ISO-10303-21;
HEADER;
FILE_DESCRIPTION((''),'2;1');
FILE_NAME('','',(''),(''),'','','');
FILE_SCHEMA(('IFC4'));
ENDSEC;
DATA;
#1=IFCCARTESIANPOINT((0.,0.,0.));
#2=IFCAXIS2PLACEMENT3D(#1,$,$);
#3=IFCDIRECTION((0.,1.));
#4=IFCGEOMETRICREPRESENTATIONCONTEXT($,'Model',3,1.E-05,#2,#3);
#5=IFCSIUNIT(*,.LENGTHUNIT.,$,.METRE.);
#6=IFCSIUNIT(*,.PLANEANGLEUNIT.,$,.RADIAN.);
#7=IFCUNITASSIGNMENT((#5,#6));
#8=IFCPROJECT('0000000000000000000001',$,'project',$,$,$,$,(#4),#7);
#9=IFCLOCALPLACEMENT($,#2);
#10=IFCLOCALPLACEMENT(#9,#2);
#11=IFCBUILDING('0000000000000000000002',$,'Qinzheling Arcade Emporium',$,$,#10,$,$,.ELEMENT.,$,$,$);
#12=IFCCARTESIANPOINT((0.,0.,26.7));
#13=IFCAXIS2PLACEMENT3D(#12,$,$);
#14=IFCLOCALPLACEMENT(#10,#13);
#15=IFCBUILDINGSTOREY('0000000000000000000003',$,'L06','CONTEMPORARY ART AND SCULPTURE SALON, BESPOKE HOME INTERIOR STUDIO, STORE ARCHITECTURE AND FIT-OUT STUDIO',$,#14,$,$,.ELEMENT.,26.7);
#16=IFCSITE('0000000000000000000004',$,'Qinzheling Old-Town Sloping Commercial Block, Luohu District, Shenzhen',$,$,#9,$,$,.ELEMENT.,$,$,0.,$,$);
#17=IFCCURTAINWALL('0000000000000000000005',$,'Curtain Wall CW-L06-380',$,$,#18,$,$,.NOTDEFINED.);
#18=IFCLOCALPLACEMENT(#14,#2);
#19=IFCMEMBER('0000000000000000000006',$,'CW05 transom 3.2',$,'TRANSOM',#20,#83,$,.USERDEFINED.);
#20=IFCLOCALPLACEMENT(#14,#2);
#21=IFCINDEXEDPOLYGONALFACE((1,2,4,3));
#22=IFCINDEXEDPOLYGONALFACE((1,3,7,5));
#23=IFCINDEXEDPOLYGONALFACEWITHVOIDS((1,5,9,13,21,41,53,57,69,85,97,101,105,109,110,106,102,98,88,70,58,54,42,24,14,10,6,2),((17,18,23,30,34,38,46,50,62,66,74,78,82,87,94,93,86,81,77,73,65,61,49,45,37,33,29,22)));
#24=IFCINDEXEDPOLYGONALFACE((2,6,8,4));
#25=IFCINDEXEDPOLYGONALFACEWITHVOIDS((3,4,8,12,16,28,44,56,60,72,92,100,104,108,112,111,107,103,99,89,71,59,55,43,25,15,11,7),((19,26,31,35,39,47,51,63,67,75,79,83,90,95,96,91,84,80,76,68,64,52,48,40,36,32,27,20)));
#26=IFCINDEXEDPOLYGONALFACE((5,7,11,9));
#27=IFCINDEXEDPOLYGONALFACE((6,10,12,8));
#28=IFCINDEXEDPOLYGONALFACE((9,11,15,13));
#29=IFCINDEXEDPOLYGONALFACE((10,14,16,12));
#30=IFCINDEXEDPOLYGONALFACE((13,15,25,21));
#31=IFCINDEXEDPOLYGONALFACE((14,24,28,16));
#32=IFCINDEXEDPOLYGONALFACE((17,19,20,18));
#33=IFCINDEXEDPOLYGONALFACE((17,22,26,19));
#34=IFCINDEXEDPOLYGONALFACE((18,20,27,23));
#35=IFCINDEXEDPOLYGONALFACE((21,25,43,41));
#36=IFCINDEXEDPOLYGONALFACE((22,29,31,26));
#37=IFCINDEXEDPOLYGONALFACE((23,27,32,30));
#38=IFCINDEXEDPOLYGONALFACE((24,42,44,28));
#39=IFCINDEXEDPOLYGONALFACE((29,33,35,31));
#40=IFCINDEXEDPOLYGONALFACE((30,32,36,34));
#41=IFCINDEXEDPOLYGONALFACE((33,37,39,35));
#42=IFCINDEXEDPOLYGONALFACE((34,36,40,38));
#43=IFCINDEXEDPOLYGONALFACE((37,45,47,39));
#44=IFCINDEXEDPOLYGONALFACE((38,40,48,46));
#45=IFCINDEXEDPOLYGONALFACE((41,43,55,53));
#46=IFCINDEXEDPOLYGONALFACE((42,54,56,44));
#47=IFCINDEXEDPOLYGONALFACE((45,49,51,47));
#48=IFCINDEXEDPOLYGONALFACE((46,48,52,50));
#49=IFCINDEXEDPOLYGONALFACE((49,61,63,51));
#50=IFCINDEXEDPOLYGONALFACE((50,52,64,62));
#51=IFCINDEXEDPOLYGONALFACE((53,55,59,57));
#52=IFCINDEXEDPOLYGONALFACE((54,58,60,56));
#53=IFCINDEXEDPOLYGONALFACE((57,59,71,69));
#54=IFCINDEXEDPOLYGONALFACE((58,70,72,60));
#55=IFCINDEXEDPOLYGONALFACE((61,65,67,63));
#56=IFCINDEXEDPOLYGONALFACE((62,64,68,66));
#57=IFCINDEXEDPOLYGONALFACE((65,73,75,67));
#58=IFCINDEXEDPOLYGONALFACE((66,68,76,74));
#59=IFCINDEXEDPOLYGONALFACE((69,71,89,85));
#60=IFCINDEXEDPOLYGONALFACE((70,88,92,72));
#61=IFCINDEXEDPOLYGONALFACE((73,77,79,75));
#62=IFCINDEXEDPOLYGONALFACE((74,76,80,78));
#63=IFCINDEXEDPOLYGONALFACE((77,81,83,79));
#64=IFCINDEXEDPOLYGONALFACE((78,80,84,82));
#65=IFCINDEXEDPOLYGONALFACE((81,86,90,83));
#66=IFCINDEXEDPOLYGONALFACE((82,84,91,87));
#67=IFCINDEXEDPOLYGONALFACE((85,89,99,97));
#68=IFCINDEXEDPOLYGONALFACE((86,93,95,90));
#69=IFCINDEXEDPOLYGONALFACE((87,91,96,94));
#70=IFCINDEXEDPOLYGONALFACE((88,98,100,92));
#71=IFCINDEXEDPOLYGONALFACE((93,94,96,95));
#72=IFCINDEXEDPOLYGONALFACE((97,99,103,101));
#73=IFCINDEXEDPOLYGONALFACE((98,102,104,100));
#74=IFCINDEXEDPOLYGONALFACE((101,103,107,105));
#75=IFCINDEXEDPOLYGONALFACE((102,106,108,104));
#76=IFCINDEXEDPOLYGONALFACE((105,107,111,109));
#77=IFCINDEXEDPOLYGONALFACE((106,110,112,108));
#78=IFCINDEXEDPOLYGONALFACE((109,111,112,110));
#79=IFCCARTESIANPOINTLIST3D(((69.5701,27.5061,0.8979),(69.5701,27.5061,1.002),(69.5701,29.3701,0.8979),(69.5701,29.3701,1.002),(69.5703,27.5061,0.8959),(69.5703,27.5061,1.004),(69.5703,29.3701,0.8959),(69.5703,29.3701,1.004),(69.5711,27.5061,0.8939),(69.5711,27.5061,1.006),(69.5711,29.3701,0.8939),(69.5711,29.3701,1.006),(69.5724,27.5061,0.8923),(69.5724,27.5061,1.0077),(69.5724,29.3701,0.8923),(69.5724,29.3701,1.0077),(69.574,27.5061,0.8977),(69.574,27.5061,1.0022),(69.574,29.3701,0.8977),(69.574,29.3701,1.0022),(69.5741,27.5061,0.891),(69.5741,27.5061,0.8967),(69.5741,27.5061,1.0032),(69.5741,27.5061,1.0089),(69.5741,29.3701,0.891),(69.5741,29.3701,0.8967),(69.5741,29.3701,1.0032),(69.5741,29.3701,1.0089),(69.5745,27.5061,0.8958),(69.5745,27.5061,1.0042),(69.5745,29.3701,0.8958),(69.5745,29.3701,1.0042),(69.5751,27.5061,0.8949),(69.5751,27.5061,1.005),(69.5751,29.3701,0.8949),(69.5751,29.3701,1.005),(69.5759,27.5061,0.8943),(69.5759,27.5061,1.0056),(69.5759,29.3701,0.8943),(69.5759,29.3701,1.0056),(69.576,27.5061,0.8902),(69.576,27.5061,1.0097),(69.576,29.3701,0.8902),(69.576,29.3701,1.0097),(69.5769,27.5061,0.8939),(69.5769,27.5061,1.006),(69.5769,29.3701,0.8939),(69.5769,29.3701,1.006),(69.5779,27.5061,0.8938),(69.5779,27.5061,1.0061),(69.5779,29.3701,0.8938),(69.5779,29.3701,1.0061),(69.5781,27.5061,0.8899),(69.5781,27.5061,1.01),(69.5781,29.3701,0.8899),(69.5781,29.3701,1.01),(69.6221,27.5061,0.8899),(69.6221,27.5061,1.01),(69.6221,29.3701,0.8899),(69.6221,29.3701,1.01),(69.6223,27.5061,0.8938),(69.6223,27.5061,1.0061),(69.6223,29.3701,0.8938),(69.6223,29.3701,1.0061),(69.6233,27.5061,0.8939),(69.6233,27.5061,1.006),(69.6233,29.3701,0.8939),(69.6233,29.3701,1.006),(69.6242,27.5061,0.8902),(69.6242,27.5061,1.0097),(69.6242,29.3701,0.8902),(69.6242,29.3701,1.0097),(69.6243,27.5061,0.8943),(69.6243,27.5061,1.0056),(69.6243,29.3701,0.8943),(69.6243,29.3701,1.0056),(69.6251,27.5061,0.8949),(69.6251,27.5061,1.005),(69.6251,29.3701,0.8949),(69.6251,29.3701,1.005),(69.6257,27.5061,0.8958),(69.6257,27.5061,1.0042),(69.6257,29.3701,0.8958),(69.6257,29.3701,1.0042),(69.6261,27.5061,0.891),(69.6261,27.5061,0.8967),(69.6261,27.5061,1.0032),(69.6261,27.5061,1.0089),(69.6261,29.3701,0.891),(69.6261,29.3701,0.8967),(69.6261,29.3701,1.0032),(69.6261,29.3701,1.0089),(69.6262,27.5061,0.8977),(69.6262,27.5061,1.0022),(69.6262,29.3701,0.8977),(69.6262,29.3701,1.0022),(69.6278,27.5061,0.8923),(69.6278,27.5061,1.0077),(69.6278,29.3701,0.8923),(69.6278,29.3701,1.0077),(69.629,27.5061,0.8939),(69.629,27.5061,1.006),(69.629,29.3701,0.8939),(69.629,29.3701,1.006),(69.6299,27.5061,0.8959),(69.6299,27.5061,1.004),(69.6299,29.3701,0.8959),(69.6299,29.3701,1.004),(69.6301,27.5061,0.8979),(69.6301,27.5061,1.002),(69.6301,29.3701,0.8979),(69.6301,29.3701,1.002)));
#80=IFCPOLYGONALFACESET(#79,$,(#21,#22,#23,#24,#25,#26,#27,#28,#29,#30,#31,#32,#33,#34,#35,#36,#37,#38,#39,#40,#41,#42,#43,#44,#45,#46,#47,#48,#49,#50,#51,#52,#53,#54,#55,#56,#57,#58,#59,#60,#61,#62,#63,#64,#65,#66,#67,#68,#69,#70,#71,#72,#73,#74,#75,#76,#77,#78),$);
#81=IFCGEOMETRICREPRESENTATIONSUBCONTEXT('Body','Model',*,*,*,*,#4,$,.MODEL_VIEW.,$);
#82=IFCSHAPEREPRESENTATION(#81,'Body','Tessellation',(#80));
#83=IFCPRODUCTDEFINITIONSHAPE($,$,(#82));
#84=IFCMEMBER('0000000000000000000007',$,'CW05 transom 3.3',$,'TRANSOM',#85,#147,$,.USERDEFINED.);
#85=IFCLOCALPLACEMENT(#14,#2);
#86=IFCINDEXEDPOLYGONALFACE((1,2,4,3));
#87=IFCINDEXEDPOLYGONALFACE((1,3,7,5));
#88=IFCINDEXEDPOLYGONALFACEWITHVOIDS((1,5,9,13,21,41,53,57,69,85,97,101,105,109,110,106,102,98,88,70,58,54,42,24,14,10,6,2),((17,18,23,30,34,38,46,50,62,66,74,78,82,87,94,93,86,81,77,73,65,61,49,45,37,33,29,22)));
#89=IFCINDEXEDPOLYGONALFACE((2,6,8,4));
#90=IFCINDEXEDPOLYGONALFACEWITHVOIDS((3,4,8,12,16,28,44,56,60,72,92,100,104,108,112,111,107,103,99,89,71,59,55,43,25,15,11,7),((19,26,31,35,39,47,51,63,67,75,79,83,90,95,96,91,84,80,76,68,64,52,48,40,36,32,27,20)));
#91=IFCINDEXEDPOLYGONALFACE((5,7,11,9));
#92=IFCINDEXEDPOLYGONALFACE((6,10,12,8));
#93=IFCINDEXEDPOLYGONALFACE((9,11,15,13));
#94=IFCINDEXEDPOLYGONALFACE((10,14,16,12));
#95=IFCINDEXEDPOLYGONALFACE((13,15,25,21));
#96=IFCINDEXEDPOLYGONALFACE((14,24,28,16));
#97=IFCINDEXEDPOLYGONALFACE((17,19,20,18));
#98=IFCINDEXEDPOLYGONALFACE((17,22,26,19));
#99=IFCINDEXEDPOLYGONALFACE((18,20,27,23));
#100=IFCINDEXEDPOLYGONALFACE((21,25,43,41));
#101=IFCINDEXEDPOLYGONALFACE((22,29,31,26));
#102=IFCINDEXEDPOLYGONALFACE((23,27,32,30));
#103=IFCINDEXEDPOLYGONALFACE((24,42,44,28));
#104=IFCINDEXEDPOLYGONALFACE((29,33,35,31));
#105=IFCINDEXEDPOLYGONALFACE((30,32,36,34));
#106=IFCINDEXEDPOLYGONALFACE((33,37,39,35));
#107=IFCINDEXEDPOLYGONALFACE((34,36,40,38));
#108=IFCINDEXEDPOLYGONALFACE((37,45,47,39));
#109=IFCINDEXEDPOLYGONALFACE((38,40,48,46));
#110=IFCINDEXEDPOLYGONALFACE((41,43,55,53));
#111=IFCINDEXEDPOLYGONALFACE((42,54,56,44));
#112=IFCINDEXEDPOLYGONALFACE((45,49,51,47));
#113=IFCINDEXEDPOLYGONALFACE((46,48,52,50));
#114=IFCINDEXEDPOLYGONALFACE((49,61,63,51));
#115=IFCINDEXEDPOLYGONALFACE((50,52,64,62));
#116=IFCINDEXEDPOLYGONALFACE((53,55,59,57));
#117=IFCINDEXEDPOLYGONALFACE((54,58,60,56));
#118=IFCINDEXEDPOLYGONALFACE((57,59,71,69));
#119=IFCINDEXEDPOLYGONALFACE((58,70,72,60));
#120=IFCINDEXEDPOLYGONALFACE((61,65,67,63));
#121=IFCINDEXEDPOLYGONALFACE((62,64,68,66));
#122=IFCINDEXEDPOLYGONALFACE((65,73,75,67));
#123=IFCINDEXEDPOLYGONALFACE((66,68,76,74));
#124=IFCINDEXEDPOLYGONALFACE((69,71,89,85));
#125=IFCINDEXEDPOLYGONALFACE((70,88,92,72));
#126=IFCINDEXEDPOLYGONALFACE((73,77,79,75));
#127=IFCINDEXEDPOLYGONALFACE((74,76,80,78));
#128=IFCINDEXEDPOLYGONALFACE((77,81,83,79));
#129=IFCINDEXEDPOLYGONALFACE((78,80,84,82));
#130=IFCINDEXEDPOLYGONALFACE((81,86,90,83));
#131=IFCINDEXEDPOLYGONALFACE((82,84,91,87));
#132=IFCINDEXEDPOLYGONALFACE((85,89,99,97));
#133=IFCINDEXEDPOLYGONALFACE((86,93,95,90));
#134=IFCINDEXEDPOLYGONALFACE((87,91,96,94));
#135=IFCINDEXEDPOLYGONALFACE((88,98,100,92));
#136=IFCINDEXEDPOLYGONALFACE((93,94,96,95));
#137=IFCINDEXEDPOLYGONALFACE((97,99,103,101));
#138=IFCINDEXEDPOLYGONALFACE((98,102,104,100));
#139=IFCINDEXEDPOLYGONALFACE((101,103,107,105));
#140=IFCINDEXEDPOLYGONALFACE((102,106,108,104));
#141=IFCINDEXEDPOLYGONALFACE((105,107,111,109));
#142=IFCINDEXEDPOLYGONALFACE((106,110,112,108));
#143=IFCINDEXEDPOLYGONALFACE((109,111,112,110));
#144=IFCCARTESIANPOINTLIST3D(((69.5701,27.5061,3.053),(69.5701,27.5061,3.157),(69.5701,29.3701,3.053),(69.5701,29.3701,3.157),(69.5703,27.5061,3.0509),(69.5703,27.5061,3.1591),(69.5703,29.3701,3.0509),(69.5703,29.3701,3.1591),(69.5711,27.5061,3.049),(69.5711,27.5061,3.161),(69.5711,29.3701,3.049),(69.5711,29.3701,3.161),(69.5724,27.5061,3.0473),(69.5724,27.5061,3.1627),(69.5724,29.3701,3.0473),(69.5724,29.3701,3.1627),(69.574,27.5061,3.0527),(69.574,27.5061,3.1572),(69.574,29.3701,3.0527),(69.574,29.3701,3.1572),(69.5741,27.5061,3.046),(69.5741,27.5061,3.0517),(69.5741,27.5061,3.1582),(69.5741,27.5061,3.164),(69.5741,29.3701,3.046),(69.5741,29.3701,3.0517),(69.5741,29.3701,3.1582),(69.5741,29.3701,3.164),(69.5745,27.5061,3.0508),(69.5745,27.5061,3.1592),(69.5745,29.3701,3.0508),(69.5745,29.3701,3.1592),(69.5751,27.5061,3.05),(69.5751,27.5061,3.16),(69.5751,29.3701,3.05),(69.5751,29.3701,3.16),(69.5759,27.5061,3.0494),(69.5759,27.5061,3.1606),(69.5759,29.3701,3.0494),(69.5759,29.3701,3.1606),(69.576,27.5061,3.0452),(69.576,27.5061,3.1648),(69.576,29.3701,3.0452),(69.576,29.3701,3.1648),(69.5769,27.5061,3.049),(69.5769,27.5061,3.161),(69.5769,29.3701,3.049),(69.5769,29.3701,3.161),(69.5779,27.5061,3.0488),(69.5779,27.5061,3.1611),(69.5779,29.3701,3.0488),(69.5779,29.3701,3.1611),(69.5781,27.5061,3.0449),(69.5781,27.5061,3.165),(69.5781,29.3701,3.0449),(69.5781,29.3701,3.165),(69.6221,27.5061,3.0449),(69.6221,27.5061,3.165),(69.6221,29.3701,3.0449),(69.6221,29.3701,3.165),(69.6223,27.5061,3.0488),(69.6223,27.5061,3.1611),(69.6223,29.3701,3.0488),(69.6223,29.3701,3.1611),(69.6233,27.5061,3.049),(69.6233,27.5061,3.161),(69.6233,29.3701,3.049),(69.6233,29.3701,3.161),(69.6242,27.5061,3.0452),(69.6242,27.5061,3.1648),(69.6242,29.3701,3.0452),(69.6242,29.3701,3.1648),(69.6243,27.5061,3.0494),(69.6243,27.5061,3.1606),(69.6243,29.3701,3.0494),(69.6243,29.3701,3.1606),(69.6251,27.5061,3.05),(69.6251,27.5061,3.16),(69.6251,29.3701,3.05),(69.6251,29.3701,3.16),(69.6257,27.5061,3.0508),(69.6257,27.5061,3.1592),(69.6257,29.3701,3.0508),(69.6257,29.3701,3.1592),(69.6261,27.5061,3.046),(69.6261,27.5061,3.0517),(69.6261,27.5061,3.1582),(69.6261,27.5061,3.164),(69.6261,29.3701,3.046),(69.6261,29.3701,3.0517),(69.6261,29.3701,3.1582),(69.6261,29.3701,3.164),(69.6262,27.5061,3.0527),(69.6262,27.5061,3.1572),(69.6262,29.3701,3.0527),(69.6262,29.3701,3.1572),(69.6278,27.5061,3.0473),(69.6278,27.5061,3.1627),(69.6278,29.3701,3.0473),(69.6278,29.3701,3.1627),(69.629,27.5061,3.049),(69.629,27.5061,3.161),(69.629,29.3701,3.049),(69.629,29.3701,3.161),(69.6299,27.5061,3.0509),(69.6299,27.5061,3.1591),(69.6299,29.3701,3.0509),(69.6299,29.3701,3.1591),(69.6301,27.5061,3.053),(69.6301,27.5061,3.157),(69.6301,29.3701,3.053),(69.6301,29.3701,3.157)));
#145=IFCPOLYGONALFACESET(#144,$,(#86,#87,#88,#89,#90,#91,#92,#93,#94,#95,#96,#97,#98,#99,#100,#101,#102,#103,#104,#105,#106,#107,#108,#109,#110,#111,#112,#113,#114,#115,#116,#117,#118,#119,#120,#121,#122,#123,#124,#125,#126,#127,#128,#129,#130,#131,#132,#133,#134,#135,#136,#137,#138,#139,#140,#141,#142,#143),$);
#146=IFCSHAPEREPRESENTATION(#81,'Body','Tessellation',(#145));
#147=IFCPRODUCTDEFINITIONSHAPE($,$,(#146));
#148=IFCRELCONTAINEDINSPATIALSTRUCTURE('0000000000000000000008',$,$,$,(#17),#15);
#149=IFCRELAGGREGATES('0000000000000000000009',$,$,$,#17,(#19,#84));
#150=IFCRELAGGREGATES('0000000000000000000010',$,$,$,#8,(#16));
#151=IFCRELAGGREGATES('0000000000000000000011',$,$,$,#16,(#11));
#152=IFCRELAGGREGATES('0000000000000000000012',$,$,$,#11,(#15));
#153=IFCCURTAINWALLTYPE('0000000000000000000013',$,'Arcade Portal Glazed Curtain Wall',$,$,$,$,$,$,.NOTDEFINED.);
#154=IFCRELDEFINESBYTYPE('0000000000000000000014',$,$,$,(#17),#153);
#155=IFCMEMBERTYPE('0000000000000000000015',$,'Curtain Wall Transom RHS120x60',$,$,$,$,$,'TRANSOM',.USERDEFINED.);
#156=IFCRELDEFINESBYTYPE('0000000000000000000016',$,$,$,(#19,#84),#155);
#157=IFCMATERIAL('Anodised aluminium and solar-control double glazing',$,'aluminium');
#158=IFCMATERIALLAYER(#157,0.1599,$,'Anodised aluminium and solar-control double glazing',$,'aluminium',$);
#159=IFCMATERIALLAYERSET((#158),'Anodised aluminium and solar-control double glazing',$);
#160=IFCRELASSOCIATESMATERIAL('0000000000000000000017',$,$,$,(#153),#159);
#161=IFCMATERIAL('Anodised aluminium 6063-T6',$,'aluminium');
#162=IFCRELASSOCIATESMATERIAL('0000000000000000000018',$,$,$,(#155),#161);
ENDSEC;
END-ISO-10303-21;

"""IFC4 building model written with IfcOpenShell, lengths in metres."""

from ifc_helpers import new_model, si_unit, direction, frame, origin, origin_2d, place, context, subcontext, project, spatial, hollow_rectangle, extrude, material, layer, layer_set, material_profile, profile_set, type_object, element, aggregate, save


model = new_model("IFC4")

# Units and contexts
model_context = context("Model", 3, precision=1e-05, world=origin(), true_north=direction((0.0, 1.0)))
body_context = subcontext(model_context, "Body", "Model", "MODEL_VIEW")
ifc_project = project(units=[si_unit("LENGTHUNIT", "METRE"), si_unit("PLANEANGLEUNIT", "RADIAN")], contexts=[model_context])

# Site, building, storey
site_placement = place(None, origin())
site = spatial("IfcSite", under=ifc_project, at=site_placement, Name="Qinzheling Old-Town Sloping Commercial Block, Luohu District, Shenzhen", CompositionType="ELEMENT", RefElevation=0.0)
building_placement = place(site_placement, origin())
building = spatial("IfcBuilding", under=site, at=building_placement, Name="Qinzheling Arcade Emporium", CompositionType="ELEMENT")
storey_placement = place(building_placement, frame((0.0, 0.0, 26.7)))
storey = spatial("IfcBuildingStorey", under=building, at=storey_placement, Name="L06", Description="CONTEMPORARY ART AND SCULPTURE SALON, BESPOKE HOME INTERIOR STUDIO, STORE ARCHITECTURE AND FIT-OUT STUDIO", CompositionType="ELEMENT", Elevation=26.7)

# Curtain wall, members
ifc_material_1 = material(Name="Anodised aluminium and solar-control double glazing", Category="aluminium")
ifc_layer_1 = layer(ifc_material_1, 0.1599, Name="Anodised aluminium and solar-control double glazing", Category="aluminium")
ifc_layer_set_1 = layer_set([ifc_layer_1], Name="Anodised aluminium and solar-control double glazing")
curtain_wall_type = type_object("IfcCurtainWallType", Name="Arcade Portal Glazed Curtain Wall", PredefinedType="NOTDEFINED", material=ifc_layer_set_1)
curtain_wall_placement = place(storey_placement, origin())
curtain_wall = element("IfcCurtainWall", 1, at=curtain_wall_placement, inside=storey, type_object=curtain_wall_type, Name="Curtain Wall CW-L06-380", PredefinedType="NOTDEFINED")
ifc_material_2 = material(Name="Anodised aluminium 6063-T6", Category="aluminium")
ifc_material_profile_1 = material_profile(ifc_material_2, hollow_rectangle(XDim=0.0601, YDim=0.1201, WallThickness=0.0039, InnerFilletRadius=0.0039, OuterFilletRadius=0.0081, at=origin_2d()), Name="RHS 120x60x4", Category="aluminium")
ifc_profile_set_1 = profile_set([ifc_material_profile_1], Name="Anodised aluminium 6063-T6")
member_type_1 = type_object("IfcMemberType", Name="Curtain Wall Transom RHS120x60", ElementType="TRANSOM", PredefinedType="USERDEFINED", material=ifc_profile_set_1)
member_1_placement = place(storey_placement, frame((69.6001, 29.3701, 0.95), z_axis=(0.0, -1.0, 0.0), x_axis=(1.0, 0.0, 0.0)))
member_1 = element("IfcMember", 2, at=member_1_placement, type_object=member_type_1, Name="CW05 transom 3.2", ObjectType="TRANSOM", PredefinedType="USERDEFINED", context=body_context, shape_type="SweptSolid", body=[
    extrude(hollow_rectangle(XDim=0.0601, YDim=0.1201, WallThickness=0.0039, InnerFilletRadius=0.0039, OuterFilletRadius=0.0081, at=origin_2d()), origin(), (0.0, 0.0, 1.0), 1.864),
])
member_2_placement = place(storey_placement, frame((69.6001, 29.3701, 3.105), z_axis=(0.0, -1.0, 0.0), x_axis=(1.0, 0.0, 0.0)))
member_2 = element("IfcMember", 3, at=member_2_placement, type_object=member_type_1, Name="CW05 transom 3.3", ObjectType="TRANSOM", PredefinedType="USERDEFINED", context=body_context, shape_type="SweptSolid", body=[
    extrude(hollow_rectangle(XDim=0.0601, YDim=0.1201, WallThickness=0.0039, InnerFilletRadius=0.0039, OuterFilletRadius=0.0081, at=origin_2d()), origin(), (0.0, 0.0, 1.0), 1.864),
])
aggregate(curtain_wall, [member_1, member_2])

save(model, "model.ifc")
